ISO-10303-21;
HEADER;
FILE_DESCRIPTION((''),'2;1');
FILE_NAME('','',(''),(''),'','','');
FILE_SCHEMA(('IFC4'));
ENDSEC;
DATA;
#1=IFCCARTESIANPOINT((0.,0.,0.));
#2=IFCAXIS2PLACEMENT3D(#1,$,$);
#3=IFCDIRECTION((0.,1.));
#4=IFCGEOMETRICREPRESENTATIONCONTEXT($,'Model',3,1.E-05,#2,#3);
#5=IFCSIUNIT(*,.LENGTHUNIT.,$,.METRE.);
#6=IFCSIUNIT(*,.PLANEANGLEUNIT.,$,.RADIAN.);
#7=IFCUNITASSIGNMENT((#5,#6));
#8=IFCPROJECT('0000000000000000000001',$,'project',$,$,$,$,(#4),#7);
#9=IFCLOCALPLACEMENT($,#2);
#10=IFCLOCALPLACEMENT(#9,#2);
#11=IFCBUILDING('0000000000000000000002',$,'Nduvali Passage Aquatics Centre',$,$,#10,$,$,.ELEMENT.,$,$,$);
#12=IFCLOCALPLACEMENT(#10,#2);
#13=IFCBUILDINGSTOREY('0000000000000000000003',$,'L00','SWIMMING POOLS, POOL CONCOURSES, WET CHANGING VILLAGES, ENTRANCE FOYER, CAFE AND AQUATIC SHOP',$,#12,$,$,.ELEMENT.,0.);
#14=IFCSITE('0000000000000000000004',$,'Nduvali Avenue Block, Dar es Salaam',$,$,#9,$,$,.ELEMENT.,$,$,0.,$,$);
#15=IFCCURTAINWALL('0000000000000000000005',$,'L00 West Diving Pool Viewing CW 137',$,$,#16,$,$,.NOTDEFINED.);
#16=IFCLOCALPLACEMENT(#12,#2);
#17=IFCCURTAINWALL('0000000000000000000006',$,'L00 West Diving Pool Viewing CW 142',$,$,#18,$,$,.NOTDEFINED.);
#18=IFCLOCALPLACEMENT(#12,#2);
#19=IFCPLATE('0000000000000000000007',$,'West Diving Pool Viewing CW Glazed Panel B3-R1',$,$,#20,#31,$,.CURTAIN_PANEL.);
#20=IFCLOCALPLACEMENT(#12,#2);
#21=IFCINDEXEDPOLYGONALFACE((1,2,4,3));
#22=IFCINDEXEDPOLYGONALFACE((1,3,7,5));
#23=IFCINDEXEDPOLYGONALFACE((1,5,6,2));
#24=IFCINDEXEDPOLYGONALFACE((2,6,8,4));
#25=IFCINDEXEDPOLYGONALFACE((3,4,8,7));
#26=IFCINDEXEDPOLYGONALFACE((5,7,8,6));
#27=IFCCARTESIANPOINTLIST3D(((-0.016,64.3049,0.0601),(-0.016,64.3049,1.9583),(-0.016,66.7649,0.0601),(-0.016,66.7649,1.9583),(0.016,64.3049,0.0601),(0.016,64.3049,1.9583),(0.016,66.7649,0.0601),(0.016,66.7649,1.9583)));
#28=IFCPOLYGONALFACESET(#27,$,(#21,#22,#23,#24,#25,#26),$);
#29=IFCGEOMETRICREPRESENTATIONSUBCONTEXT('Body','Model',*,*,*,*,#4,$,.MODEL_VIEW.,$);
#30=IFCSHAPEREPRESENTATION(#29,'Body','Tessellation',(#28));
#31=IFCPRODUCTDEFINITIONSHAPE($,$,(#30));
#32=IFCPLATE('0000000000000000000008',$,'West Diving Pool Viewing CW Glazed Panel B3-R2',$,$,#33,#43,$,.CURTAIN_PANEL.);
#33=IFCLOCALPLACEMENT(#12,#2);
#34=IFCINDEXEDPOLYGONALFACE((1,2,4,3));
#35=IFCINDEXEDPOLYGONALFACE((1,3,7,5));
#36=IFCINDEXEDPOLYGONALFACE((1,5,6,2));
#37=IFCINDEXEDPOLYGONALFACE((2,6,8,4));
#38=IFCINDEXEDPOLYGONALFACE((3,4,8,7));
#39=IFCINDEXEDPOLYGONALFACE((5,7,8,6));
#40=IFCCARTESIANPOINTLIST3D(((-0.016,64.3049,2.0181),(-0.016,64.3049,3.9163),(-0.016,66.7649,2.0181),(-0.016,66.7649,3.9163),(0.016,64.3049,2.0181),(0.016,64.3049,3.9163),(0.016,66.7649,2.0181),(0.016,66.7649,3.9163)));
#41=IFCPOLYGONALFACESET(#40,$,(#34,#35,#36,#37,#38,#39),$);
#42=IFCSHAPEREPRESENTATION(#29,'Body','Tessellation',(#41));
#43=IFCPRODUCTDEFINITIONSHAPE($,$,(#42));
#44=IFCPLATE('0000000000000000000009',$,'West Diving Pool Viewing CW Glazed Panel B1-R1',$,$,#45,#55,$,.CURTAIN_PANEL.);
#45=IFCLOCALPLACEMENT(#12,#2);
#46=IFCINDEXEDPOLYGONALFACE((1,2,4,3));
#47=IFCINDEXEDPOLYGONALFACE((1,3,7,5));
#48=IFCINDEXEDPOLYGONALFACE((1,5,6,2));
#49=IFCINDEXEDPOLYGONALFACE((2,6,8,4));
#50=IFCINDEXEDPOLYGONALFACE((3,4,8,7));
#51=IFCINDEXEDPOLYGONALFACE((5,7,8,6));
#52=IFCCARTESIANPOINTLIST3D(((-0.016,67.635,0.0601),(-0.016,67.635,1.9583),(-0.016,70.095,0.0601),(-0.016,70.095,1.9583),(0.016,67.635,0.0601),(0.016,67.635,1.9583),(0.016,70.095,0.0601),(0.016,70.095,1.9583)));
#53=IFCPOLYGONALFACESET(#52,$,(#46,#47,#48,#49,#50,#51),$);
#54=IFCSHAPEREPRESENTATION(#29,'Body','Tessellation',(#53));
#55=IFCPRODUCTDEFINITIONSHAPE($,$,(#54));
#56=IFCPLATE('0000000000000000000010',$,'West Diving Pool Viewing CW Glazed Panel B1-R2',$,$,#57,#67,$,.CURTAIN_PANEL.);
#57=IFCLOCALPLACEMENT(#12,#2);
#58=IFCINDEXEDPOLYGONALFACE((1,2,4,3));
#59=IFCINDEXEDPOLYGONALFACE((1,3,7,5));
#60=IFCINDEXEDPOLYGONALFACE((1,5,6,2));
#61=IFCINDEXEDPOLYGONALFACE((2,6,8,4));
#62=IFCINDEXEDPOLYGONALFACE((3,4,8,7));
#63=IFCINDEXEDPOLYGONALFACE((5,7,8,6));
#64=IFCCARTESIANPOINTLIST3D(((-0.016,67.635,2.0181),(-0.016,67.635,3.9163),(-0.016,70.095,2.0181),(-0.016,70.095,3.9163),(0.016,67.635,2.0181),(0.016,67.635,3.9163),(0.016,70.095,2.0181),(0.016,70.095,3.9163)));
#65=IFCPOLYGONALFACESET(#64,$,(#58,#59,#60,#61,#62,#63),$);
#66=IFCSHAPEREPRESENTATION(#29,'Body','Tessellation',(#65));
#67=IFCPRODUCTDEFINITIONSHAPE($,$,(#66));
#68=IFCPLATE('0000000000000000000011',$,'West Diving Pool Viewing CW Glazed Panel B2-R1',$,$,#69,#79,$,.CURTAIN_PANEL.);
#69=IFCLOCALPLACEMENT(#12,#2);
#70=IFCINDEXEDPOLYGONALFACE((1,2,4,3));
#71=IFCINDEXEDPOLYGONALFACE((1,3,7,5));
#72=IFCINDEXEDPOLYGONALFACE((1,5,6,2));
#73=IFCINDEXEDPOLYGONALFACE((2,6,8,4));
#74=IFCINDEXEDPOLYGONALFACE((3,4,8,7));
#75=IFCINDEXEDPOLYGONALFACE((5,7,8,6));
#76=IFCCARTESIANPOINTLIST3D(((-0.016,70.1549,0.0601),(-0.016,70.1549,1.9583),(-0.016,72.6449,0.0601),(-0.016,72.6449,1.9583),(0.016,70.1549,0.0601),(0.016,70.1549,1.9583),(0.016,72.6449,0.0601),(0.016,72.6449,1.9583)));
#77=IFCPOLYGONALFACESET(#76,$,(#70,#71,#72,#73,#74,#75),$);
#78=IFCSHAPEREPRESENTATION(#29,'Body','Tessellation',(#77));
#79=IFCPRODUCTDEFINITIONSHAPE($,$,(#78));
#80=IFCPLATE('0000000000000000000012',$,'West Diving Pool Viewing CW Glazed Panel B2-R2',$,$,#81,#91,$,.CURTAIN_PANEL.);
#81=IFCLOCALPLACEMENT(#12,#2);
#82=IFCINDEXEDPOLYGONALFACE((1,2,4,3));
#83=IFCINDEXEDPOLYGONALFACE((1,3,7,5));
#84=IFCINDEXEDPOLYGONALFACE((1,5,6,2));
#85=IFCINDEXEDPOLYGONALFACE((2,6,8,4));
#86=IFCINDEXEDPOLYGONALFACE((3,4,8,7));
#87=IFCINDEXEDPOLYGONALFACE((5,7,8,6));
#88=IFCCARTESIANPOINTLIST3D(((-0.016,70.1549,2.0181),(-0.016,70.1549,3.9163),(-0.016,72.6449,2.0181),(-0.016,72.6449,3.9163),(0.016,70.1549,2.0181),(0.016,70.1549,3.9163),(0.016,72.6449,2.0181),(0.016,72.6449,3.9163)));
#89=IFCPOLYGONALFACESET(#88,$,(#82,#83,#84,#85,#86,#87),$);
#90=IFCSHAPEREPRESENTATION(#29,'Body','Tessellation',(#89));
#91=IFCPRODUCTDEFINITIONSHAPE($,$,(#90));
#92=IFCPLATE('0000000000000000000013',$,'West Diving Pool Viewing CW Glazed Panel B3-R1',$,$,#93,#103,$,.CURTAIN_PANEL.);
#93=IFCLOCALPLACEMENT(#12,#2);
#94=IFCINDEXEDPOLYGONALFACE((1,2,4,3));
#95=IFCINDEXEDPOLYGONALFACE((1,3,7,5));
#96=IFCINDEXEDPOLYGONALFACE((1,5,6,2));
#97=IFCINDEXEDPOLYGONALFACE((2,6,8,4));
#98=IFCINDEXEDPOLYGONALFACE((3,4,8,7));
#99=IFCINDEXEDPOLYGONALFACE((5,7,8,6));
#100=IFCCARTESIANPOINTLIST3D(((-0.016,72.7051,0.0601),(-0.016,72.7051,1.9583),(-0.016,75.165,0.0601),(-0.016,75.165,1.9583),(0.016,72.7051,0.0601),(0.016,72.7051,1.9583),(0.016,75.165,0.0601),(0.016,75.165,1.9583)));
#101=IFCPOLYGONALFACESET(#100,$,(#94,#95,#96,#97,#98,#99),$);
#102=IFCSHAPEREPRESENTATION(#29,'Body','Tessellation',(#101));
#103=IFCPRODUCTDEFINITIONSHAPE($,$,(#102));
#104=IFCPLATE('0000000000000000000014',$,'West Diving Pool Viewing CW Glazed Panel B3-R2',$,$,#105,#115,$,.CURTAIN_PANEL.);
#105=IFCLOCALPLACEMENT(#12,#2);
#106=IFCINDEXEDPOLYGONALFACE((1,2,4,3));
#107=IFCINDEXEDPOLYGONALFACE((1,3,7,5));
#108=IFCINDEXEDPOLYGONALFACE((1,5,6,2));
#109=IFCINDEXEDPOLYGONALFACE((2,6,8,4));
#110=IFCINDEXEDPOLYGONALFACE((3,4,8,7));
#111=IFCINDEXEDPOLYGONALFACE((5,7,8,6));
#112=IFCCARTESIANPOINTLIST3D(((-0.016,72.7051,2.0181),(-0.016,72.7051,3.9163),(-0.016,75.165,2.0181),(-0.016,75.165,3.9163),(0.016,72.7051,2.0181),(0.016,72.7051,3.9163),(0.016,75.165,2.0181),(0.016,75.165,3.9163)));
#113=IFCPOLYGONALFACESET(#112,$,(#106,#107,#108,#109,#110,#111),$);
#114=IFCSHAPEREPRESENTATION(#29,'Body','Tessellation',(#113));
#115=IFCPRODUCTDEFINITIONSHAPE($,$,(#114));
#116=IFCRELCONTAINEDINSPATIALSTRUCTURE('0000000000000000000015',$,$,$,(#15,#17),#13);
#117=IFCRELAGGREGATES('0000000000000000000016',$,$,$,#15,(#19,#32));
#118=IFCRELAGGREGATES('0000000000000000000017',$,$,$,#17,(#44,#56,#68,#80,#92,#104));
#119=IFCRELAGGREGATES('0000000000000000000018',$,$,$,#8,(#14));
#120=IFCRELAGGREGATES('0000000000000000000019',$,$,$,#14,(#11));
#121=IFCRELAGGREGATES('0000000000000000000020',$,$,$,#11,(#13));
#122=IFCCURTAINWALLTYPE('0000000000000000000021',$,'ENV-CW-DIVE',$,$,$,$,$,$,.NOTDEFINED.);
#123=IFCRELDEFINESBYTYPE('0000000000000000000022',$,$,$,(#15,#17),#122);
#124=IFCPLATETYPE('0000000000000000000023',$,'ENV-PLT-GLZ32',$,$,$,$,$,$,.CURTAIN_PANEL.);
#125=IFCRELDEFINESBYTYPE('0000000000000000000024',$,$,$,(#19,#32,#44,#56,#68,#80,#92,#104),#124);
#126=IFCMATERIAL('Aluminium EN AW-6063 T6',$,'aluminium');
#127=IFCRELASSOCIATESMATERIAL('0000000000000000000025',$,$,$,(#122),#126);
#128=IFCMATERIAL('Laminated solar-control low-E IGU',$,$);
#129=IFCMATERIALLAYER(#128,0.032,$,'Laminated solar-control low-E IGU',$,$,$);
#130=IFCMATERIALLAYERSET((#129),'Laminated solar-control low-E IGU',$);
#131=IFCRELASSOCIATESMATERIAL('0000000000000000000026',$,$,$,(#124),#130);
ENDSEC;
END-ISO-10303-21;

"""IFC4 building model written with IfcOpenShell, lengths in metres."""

from ifc_helpers import new_model, si_unit, direction, frame, origin, origin_2d, place, context, subcontext, project, spatial, rectangle, extrude, material, layer, layer_set, type_object, element, aggregate, save


model = new_model("IFC4")

# Units and contexts
model_context = context("Model", 3, precision=1e-05, world=origin(), true_north=direction((0.0, 1.0)))
body_context = subcontext(model_context, "Body", "Model", "MODEL_VIEW")
ifc_project = project(units=[si_unit("LENGTHUNIT", "METRE"), si_unit("PLANEANGLEUNIT", "RADIAN")], contexts=[model_context])

# Site, building, storey
site_placement = place(None, origin())
site = spatial("IfcSite", under=ifc_project, at=site_placement, Name="Nduvali Avenue Block, Dar es Salaam", CompositionType="ELEMENT", RefElevation=0.0)
building_placement = place(site_placement, origin())
building = spatial("IfcBuilding", under=site, at=building_placement, Name="Nduvali Passage Aquatics Centre", CompositionType="ELEMENT")
storey_placement = place(building_placement, origin())
storey = spatial("IfcBuildingStorey", under=building, at=storey_placement, Name="L00", Description="SWIMMING POOLS, POOL CONCOURSES, WET CHANGING VILLAGES, ENTRANCE FOYER, CAFE AND AQUATIC SHOP", CompositionType="ELEMENT", Elevation=0.0)

# Curtain walls
ifc_material_1 = material(Name="Aluminium EN AW-6063 T6", Category="aluminium")
curtain_wall_type = type_object("IfcCurtainWallType", Name="ENV-CW-DIVE", PredefinedType="NOTDEFINED", material=ifc_material_1)
curtain_wall_1_placement = place(storey_placement, origin())
curtain_wall_1 = element("IfcCurtainWall", 1, at=curtain_wall_1_placement, inside=storey, type_object=curtain_wall_type, Name="L00 West Diving Pool Viewing CW 137", PredefinedType="NOTDEFINED")
curtain_wall_2_placement = place(storey_placement, origin())
curtain_wall_2 = element("IfcCurtainWall", 2, at=curtain_wall_2_placement, inside=storey, type_object=curtain_wall_type, Name="L00 West Diving Pool Viewing CW 142", PredefinedType="NOTDEFINED")

# Plates
ifc_material_2 = material(Name="Laminated solar-control low-E IGU")
ifc_layer = layer(ifc_material_2, 0.032, Name="Laminated solar-control low-E IGU")
ifc_layer_set = layer_set([ifc_layer], Name="Laminated solar-control low-E IGU")
plate_type = type_object("IfcPlateType", Name="ENV-PLT-GLZ32", PredefinedType="CURTAIN_PANEL", material=ifc_layer_set)
plate_1_placement = place(storey_placement, frame((0.0, 65.5349, 0.0601), z_axis=(0.0, 0.0, 1.0), x_axis=(0.0, 1.0, 0.0)))
plate_1 = element("IfcPlate", 3, at=plate_1_placement, type_object=plate_type, Name="West Diving Pool Viewing CW Glazed Panel B3-R1", PredefinedType="CURTAIN_PANEL", context=body_context, shape_type="SweptSolid", body=[
    extrude(rectangle(XDim=2.46, YDim=0.032, at=origin_2d()), origin(), (0.0, 0.0, 1.0), 1.8982),
])
plate_2_placement = place(storey_placement, frame((0.0, 65.5349, 2.0181), z_axis=(0.0, 0.0, 1.0), x_axis=(0.0, 1.0, 0.0)))
plate_2 = element("IfcPlate", 4, at=plate_2_placement, type_object=plate_type, Name="West Diving Pool Viewing CW Glazed Panel B3-R2", PredefinedType="CURTAIN_PANEL", context=body_context, shape_type="SweptSolid", body=[
    extrude(rectangle(XDim=2.46, YDim=0.032, at=origin_2d()), origin(), (0.0, 0.0, 1.0), 1.8982),
])
aggregate(curtain_wall_1, [plate_1, plate_2])
plate_3_placement = place(storey_placement, frame((0.0, 68.865, 0.0601), z_axis=(0.0, 0.0, 1.0), x_axis=(0.0, 1.0, 0.0)))
plate_3 = element("IfcPlate", 5, at=plate_3_placement, type_object=plate_type, Name="West Diving Pool Viewing CW Glazed Panel B1-R1", PredefinedType="CURTAIN_PANEL", context=body_context, shape_type="SweptSolid", body=[
    extrude(rectangle(XDim=2.46, YDim=0.032, at=origin_2d()), origin(), (0.0, 0.0, 1.0), 1.8982),
])
plate_4_placement = place(storey_placement, frame((0.0, 68.865, 2.0181), z_axis=(0.0, 0.0, 1.0), x_axis=(0.0, 1.0, 0.0)))
plate_4 = element("IfcPlate", 6, at=plate_4_placement, type_object=plate_type, Name="West Diving Pool Viewing CW Glazed Panel B1-R2", PredefinedType="CURTAIN_PANEL", context=body_context, shape_type="SweptSolid", body=[
    extrude(rectangle(XDim=2.46, YDim=0.032, at=origin_2d()), origin(), (0.0, 0.0, 1.0), 1.8982),
])
plate_5_placement = place(storey_placement, frame((0.0, 71.3999, 0.0601), z_axis=(0.0, 0.0, 1.0), x_axis=(0.0, 1.0, 0.0)))
plate_5 = element("IfcPlate", 7, at=plate_5_placement, type_object=plate_type, Name="West Diving Pool Viewing CW Glazed Panel B2-R1", PredefinedType="CURTAIN_PANEL", context=body_context, shape_type="SweptSolid", body=[
    extrude(rectangle(XDim=2.49, YDim=0.032, at=origin_2d()), origin(), (0.0, 0.0, 1.0), 1.8982),
])
plate_6_placement = place(storey_placement, frame((0.0, 71.3999, 2.0181), z_axis=(0.0, 0.0, 1.0), x_axis=(0.0, 1.0, 0.0)))
plate_6 = element("IfcPlate", 8, at=plate_6_placement, type_object=plate_type, Name="West Diving Pool Viewing CW Glazed Panel B2-R2", PredefinedType="CURTAIN_PANEL", context=body_context, shape_type="SweptSolid", body=[
    extrude(rectangle(XDim=2.49, YDim=0.032, at=origin_2d()), origin(), (0.0, 0.0, 1.0), 1.8982),
])
plate_7_placement = place(storey_placement, frame((0.0, 73.9351, 0.0601), z_axis=(0.0, 0.0, 1.0), x_axis=(0.0, 1.0, 0.0)))
plate_7 = element("IfcPlate", 9, at=plate_7_placement, type_object=plate_type, Name="West Diving Pool Viewing CW Glazed Panel B3-R1", PredefinedType="CURTAIN_PANEL", context=body_context, shape_type="SweptSolid", body=[
    extrude(rectangle(XDim=2.46, YDim=0.032, at=origin_2d()), origin(), (0.0, 0.0, 1.0), 1.8982),
])
plate_8_placement = place(storey_placement, frame((0.0, 73.9351, 2.0181), z_axis=(0.0, 0.0, 1.0), x_axis=(0.0, 1.0, 0.0)))
plate_8 = element("IfcPlate", 10, at=plate_8_placement, type_object=plate_type, Name="West Diving Pool Viewing CW Glazed Panel B3-R2", PredefinedType="CURTAIN_PANEL", context=body_context, shape_type="SweptSolid", body=[
    extrude(rectangle(XDim=2.46, YDim=0.032, at=origin_2d()), origin(), (0.0, 0.0, 1.0), 1.8982),
])
aggregate(curtain_wall_2, [plate_3, plate_4, plate_5, plate_6, plate_7, plate_8])

save(model, "model.ifc")
